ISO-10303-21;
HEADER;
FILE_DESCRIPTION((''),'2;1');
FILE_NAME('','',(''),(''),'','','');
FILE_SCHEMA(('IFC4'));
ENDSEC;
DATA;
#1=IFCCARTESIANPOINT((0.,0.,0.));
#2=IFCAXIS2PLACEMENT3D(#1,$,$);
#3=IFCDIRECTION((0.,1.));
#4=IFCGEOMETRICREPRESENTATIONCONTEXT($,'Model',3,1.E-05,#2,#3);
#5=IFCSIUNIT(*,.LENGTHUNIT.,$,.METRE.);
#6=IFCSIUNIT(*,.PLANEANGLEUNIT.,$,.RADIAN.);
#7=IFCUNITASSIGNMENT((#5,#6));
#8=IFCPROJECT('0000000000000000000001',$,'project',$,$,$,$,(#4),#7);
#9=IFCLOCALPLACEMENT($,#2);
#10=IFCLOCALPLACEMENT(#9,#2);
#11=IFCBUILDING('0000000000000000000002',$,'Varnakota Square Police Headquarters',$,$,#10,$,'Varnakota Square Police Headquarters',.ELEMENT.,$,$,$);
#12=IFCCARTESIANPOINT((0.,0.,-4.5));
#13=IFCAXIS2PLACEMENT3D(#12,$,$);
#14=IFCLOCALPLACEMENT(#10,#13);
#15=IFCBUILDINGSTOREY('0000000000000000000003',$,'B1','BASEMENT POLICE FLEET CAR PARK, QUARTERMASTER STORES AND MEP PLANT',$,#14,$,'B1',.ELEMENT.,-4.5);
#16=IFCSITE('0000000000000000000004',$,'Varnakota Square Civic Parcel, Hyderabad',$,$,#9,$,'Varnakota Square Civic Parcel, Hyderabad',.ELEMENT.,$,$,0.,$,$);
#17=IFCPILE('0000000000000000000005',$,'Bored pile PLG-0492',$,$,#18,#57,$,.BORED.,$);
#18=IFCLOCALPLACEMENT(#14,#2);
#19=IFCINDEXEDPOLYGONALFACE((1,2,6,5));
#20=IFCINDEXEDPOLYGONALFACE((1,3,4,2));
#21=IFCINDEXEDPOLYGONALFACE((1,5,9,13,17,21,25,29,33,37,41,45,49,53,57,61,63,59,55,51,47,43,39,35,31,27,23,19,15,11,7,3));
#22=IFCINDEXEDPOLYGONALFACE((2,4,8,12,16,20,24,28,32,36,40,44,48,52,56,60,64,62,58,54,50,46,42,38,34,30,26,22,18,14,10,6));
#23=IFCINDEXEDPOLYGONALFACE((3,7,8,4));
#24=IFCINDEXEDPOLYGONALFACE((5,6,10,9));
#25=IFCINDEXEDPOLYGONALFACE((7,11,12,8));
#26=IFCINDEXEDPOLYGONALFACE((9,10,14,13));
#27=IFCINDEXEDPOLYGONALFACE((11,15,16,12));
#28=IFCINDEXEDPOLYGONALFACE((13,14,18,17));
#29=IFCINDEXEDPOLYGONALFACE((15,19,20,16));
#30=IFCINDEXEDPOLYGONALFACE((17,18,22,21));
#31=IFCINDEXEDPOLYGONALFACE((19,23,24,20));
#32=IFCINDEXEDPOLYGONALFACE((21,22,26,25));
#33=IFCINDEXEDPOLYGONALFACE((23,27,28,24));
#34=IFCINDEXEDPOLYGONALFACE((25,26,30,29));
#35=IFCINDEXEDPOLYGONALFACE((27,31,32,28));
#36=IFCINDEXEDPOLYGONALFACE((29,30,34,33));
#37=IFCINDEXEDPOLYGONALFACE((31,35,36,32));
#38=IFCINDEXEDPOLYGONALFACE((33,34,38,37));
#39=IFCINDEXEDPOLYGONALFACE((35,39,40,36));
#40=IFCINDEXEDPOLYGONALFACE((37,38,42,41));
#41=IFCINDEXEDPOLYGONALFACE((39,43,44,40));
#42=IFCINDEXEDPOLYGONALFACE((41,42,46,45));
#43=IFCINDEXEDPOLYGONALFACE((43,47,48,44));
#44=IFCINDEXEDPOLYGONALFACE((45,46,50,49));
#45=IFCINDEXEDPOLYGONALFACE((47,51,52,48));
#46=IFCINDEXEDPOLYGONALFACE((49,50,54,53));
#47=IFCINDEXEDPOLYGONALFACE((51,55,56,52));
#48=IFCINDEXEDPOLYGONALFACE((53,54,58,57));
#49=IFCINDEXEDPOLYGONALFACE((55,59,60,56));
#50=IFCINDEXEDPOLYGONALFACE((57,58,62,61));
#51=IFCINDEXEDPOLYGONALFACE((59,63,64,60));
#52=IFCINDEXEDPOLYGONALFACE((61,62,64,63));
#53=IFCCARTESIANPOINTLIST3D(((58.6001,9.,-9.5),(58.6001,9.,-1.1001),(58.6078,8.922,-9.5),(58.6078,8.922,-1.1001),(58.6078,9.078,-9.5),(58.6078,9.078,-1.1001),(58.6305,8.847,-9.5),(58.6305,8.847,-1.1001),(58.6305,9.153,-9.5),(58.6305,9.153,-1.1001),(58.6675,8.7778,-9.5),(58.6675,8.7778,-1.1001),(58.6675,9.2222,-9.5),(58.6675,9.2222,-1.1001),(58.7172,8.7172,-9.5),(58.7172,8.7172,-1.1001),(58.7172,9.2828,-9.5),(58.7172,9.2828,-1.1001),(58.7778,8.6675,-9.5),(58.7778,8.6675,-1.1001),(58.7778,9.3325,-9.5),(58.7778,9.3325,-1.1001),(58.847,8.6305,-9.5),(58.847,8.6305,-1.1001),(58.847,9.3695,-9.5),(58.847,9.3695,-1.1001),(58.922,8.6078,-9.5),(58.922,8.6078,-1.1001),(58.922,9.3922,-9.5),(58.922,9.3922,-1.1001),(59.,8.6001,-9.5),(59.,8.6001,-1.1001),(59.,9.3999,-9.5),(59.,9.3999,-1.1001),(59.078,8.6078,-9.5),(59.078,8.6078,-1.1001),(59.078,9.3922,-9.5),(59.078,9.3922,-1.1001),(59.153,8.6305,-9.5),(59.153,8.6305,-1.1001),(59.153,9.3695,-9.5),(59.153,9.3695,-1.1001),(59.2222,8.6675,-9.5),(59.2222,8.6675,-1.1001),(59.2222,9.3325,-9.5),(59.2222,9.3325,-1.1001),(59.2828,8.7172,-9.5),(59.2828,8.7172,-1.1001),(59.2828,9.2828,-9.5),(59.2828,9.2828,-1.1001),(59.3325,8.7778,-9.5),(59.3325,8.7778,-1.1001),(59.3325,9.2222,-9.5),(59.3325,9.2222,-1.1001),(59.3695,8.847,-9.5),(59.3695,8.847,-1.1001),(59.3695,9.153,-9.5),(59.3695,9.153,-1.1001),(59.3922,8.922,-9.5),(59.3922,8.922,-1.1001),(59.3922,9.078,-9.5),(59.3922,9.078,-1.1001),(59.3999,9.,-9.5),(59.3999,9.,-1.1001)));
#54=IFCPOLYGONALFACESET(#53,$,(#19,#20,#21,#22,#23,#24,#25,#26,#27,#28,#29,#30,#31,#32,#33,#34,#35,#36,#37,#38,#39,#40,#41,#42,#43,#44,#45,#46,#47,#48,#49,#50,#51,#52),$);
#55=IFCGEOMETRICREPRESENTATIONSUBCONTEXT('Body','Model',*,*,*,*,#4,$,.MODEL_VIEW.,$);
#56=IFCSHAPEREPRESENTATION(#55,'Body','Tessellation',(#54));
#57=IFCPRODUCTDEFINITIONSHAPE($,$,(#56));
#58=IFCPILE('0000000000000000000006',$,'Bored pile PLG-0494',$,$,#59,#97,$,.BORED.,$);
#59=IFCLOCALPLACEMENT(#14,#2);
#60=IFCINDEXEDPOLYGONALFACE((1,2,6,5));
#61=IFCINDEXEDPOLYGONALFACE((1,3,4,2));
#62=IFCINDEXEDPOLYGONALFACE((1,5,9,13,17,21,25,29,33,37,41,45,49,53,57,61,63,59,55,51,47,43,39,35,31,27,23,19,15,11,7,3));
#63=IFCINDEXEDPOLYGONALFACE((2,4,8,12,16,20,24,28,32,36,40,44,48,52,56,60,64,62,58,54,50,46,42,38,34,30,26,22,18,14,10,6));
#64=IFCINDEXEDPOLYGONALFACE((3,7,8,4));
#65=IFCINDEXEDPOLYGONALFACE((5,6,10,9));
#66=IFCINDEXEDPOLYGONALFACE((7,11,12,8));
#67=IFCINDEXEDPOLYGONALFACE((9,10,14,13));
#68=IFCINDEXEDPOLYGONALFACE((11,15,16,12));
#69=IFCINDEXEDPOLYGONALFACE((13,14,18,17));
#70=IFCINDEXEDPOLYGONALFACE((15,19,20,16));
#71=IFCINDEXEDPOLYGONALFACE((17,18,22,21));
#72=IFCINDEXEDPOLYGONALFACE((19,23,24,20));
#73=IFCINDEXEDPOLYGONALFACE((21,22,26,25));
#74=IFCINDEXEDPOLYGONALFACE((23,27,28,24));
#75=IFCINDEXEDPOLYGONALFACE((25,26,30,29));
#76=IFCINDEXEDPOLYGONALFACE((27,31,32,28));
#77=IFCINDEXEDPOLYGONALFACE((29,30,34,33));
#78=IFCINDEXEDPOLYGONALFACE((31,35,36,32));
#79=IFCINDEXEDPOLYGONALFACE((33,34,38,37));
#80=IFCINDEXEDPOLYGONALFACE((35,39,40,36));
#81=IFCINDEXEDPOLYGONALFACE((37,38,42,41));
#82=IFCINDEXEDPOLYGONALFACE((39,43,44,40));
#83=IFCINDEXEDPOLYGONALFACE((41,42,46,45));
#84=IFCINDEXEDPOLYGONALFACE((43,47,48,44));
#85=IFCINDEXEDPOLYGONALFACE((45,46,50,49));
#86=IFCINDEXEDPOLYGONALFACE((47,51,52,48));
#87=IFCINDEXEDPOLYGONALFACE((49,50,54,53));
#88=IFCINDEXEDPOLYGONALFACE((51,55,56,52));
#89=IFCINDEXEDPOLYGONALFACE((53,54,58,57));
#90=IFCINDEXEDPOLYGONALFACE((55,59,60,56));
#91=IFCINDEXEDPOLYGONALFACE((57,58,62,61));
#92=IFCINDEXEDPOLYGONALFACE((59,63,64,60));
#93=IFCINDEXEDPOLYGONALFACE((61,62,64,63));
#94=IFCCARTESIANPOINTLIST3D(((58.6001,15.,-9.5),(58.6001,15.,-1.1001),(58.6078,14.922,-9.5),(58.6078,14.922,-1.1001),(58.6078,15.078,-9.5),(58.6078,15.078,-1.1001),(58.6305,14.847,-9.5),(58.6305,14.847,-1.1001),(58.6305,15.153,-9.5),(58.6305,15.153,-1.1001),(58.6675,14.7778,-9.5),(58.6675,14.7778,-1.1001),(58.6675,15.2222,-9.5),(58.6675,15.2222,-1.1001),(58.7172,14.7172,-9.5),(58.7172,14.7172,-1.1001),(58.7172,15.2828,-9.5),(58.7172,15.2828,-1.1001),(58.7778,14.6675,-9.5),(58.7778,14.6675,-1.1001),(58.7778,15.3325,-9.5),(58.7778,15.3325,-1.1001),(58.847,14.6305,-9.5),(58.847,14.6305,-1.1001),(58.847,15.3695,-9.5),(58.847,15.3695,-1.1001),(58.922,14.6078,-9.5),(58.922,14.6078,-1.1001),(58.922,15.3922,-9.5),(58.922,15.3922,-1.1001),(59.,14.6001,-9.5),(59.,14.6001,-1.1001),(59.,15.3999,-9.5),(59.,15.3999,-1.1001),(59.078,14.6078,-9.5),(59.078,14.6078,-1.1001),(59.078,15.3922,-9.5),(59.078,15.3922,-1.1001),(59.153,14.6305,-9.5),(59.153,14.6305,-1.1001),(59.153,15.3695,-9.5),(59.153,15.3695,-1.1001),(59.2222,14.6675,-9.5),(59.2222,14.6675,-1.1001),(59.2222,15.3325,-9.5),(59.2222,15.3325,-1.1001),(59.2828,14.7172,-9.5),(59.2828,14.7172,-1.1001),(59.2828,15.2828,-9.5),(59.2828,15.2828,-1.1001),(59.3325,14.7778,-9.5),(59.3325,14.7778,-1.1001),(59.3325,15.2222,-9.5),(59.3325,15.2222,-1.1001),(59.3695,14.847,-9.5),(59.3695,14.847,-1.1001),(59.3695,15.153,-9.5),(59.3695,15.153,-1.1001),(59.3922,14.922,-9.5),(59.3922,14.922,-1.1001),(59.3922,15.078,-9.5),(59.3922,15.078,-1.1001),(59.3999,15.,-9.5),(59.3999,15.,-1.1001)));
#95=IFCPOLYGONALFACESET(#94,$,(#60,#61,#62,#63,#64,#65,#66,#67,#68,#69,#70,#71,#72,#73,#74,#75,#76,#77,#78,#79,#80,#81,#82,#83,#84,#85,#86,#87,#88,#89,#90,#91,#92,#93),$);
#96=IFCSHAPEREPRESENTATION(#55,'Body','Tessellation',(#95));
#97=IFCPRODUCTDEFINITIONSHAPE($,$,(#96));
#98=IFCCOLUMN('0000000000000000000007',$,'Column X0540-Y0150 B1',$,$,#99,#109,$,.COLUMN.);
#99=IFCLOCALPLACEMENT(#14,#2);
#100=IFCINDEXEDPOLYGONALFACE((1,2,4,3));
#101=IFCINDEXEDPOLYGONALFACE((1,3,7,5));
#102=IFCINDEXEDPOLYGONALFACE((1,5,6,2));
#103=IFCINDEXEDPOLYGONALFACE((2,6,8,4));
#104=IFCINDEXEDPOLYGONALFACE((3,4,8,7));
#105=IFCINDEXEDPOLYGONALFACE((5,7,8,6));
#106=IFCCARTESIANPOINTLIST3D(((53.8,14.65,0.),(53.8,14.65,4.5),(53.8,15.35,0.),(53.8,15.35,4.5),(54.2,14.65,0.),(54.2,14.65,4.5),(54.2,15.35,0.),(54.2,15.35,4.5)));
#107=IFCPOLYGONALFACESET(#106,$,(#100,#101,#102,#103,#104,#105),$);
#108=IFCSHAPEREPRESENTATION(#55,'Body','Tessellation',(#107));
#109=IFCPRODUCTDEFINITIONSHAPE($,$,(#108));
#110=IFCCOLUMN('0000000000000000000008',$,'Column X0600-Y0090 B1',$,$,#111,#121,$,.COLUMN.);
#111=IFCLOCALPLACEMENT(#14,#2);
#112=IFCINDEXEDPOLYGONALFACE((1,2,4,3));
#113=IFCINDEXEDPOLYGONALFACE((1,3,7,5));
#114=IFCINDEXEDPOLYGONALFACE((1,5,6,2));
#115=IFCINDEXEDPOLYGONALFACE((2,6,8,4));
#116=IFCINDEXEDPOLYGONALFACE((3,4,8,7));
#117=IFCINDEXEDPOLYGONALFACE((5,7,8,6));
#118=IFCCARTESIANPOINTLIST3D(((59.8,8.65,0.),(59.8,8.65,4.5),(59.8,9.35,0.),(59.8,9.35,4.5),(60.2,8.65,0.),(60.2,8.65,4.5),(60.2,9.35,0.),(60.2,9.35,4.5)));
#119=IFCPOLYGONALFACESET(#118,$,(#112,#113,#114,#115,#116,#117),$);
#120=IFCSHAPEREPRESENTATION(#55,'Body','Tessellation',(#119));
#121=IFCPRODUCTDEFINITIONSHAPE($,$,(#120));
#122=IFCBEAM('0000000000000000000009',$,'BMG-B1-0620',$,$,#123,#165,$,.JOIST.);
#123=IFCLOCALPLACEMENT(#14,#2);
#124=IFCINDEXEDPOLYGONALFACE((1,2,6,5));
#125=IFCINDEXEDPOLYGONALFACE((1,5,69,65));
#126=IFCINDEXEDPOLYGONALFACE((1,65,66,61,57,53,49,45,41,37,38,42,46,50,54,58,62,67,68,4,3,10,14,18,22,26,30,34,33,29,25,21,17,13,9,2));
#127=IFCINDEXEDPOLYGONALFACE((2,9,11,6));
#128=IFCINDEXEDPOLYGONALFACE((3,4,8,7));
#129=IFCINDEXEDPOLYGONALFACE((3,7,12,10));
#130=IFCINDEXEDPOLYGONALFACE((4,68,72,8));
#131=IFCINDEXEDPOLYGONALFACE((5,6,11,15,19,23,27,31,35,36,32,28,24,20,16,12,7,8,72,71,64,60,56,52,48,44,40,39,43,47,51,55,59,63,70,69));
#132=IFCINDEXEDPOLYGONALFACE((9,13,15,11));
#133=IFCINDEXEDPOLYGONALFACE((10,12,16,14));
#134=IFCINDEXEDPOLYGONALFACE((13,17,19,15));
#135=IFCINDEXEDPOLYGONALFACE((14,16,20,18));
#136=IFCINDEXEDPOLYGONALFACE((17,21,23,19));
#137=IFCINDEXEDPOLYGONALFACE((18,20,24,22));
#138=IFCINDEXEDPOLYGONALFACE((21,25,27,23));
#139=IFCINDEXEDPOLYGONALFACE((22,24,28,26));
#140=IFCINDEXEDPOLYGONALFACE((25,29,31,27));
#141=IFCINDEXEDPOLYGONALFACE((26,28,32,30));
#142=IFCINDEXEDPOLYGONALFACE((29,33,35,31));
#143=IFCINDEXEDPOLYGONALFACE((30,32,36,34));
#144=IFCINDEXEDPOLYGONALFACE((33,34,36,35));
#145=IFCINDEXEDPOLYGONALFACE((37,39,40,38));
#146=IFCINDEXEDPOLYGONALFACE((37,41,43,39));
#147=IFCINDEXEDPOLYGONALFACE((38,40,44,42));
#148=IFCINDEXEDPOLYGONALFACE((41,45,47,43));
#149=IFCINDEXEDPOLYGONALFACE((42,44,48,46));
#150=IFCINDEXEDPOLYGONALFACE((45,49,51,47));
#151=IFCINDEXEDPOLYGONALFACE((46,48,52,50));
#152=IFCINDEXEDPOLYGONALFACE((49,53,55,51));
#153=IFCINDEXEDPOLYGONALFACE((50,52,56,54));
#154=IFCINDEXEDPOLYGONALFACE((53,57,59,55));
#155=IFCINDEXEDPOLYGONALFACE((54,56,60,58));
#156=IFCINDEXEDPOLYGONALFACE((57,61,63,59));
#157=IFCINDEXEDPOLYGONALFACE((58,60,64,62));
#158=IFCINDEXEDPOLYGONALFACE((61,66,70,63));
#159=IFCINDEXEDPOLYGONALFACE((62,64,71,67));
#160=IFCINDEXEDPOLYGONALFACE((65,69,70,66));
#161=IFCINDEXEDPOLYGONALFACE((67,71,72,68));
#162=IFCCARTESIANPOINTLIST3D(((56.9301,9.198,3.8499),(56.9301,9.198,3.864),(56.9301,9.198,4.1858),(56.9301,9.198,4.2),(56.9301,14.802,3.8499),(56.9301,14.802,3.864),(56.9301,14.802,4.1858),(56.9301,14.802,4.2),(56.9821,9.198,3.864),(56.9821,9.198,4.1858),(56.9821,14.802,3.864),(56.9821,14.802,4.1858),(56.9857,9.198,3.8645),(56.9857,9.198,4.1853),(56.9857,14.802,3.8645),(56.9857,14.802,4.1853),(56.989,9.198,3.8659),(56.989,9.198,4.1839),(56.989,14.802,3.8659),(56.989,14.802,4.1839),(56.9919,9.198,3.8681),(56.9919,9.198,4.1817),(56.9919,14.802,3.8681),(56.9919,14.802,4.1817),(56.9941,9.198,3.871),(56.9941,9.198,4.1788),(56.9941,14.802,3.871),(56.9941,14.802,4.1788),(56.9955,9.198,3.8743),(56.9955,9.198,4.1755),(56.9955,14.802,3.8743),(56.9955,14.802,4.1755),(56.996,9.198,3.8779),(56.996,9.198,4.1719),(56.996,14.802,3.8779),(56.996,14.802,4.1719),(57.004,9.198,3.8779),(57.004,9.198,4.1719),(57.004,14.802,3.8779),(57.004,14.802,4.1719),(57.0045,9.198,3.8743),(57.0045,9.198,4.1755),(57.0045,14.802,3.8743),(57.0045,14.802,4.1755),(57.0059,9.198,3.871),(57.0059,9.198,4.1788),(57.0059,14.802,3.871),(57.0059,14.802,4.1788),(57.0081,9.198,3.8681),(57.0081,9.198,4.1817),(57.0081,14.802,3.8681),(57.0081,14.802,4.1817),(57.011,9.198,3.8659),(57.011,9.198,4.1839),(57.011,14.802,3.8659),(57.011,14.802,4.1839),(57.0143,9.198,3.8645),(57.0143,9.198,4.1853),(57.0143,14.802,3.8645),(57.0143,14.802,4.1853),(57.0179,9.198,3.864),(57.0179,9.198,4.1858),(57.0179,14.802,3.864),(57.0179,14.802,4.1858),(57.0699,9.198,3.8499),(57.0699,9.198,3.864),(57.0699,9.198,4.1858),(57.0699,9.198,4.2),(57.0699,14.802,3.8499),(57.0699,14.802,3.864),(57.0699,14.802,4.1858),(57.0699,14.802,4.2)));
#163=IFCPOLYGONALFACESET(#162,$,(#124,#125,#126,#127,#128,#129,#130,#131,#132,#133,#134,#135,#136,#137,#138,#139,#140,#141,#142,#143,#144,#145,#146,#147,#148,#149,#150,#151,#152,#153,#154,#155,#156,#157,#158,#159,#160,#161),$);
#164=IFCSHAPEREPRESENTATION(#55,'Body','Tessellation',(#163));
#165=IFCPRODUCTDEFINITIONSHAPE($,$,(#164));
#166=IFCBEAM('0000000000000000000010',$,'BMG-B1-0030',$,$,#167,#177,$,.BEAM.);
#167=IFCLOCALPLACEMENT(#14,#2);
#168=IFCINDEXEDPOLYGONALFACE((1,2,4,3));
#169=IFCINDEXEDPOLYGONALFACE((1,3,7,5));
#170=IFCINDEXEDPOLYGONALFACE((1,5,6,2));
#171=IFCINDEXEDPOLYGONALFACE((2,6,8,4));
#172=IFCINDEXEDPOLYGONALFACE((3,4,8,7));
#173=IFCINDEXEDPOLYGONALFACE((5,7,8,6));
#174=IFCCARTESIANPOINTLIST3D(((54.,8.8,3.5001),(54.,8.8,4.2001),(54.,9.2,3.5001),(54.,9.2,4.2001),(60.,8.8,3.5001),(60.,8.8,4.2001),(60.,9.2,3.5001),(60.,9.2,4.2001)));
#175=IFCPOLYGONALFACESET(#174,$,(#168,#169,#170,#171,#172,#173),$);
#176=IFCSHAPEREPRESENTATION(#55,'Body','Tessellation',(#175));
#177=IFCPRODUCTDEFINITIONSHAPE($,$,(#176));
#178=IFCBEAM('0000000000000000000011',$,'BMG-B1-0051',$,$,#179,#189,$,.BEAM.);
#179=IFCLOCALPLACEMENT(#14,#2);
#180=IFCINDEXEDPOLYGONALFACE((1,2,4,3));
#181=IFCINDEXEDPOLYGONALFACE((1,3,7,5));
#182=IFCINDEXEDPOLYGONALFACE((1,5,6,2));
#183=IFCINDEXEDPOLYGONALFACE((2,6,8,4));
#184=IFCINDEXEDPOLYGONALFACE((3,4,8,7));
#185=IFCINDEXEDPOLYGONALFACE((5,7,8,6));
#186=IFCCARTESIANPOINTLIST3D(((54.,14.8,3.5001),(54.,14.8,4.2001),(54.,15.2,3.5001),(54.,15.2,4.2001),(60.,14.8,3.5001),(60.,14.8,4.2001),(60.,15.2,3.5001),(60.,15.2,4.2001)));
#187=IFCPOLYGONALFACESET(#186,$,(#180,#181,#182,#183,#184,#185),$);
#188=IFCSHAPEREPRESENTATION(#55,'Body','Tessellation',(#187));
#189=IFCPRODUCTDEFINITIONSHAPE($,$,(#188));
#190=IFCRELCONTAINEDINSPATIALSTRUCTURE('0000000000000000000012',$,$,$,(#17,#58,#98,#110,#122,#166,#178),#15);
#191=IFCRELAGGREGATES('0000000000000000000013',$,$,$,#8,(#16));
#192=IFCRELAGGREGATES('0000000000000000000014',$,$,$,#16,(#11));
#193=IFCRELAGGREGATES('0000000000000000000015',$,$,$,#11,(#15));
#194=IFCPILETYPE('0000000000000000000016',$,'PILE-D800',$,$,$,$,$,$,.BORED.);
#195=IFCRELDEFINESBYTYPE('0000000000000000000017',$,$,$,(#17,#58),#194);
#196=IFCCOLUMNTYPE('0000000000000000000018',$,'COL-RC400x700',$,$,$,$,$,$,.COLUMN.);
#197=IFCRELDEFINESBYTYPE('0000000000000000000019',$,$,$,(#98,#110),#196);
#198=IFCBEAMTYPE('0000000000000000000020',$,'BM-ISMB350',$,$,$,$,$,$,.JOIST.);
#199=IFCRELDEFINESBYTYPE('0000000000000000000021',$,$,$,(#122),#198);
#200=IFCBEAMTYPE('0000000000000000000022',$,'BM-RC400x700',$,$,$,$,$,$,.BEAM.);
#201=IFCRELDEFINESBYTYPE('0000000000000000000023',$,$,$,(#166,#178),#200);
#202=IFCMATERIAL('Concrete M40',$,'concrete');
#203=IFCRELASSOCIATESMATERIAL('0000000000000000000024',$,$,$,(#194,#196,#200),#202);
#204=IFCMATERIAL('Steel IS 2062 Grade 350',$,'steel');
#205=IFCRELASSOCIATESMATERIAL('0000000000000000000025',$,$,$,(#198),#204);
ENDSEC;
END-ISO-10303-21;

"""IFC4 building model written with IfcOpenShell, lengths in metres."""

from ifc_helpers import new_model, si_unit, direction, frame, origin, origin_2d, place, context, subcontext, project, spatial, rectangle, circle, i_section, extrude, material, material_profile, profile_set, type_object, element, save


model = new_model("IFC4")

# Units and contexts
model_context = context("Model", 3, precision=1e-05, world=origin(), true_north=direction((0.0, 1.0)))
body_context = subcontext(model_context, "Body", "Model", "MODEL_VIEW")
ifc_project = project(units=[si_unit("LENGTHUNIT", "METRE"), si_unit("PLANEANGLEUNIT", "RADIAN")], contexts=[model_context])

# Site, building, storey
site_placement = place(None, origin())
site = spatial("IfcSite", under=ifc_project, at=site_placement, Name="Varnakota Square Civic Parcel, Hyderabad", LongName="Varnakota Square Civic Parcel, Hyderabad", CompositionType="ELEMENT", RefElevation=0.0)
building_placement = place(site_placement, origin())
building = spatial("IfcBuilding", under=site, at=building_placement, Name="Varnakota Square Police Headquarters", LongName="Varnakota Square Police Headquarters", CompositionType="ELEMENT")
storey_placement = place(building_placement, frame((0.0, 0.0, -4.5)))
storey = spatial("IfcBuildingStorey", under=building, at=storey_placement, Name="B1", Description="BASEMENT POLICE FLEET CAR PARK, QUARTERMASTER STORES AND MEP PLANT", LongName="B1", CompositionType="ELEMENT", Elevation=-4.5)

# Shared definitions
ifc_material_1 = material(Name="Concrete M40", Category="concrete")

# Piles
ifc_material_profile_1 = material_profile(ifc_material_1, circle(Radius=0.3999, at=origin_2d()), Name="BORED PILE 800")
ifc_profile_set_1 = profile_set([ifc_material_profile_1], Name="Concrete M40")
pile_type = type_object("IfcPileType", Name="PILE-D800", PredefinedType="BORED", material=ifc_profile_set_1)
for number, where, z_axis, x_axis, name in (
    (1, (59.0, 9.0, -1.1001), (0.0, 0.0, -1.0), (1.0, 0.0, 0.0), "Bored pile PLG-0492"),
    (2, (59.0, 15.0, -1.1001), (0.0, 0.0, -1.0), (1.0, 0.0, 0.0), "Bored pile PLG-0494"),
):
    element("IfcPile", number, at=place(storey_placement, frame(where, z_axis=z_axis, x_axis=x_axis)), inside=storey, type_object=pile_type, Name=name, PredefinedType="BORED", context=body_context, shape_type="SweptSolid", body=[
        extrude(circle(Radius=0.3999, at=origin_2d()), origin(), (0.0, 0.0, 1.0), 8.3999),
    ])

# Columns
ifc_material_profile_2 = material_profile(ifc_material_1, rectangle(XDim=0.3999, YDim=0.7, at=origin_2d()), Name="RC 400x700")
ifc_profile_set_2 = profile_set([ifc_material_profile_2], Name="Concrete M40")
column_type = type_object("IfcColumnType", Name="COL-RC400x700", PredefinedType="COLUMN", material=ifc_profile_set_2)
for number, where, z_axis, x_axis, name in (
    (3, (54.0, 15.0, 0.0), (0.0, 0.0, 1.0), (1.0, 0.0, 0.0), "Column X0540-Y0150 B1"),
    (4, (60.0, 9.0, 0.0), (0.0, 0.0, 1.0), (1.0, 0.0, 0.0), "Column X0600-Y0090 B1"),
):
    element("IfcColumn", number, at=place(storey_placement, frame(where, z_axis=z_axis, x_axis=x_axis)), inside=storey, type_object=column_type, Name=name, PredefinedType="COLUMN", context=body_context, shape_type="SweptSolid", body=[
        extrude(rectangle(XDim=0.3999, YDim=0.7, at=origin_2d()), origin(), (0.0, 0.0, 1.0), 4.5),
    ])

# Beams
ifc_material_2 = material(Name="Steel IS 2062 Grade 350", Category="steel")
ifc_material_profile_3 = material_profile(ifc_material_2, i_section(OverallWidth=0.1399, OverallDepth=0.3501, WebThickness=0.0081, FlangeThickness=0.0142, FilletRadius=0.0139, at=origin_2d()), Name="ISMB 350")
ifc_profile_set_3 = profile_set([ifc_material_profile_3], Name="Steel IS 2062 Grade 350")
beam_type_1 = type_object("IfcBeamType", Name="BM-ISMB350", PredefinedType="JOIST", material=ifc_profile_set_3)
beam_placement = place(storey_placement, frame((57.0, 9.198, 4.0249), z_axis=(0.0, 1.0, 0.0), x_axis=(-1.0, 0.0, 0.0)))
element("IfcBeam", 5, at=beam_placement, inside=storey, type_object=beam_type_1, Name="BMG-B1-0620", PredefinedType="JOIST", context=body_context, shape_type="SweptSolid", body=[
    extrude(i_section(OverallWidth=0.1399, OverallDepth=0.3501, WebThickness=0.0081, FlangeThickness=0.0142, FilletRadius=0.0139, at=origin_2d()), origin(), (0.0, 0.0, 1.0), 5.604),
])
ifc_material_profile_4 = material_profile(ifc_material_1, rectangle(XDim=0.3999, YDim=0.7, at=origin_2d()), Name="RC 400x700")
ifc_profile_set_4 = profile_set([ifc_material_profile_4], Name="Concrete M40")
beam_type_2 = type_object("IfcBeamType", Name="BM-RC400x700", PredefinedType="BEAM", material=ifc_profile_set_4)
for number, where, z_axis, x_axis, name in (
    (6, (54.0, 9.0, 3.8501), (1.0, 0.0, 0.0), (0.0, 1.0, 0.0), "BMG-B1-0030"),
    (7, (54.0, 15.0, 3.8501), (1.0, 0.0, 0.0), (0.0, 1.0, 0.0), "BMG-B1-0051"),
):
    element("IfcBeam", number, at=place(storey_placement, frame(where, z_axis=z_axis, x_axis=x_axis)), inside=storey, type_object=beam_type_2, Name=name, PredefinedType="BEAM", context=body_context, shape_type="SweptSolid", body=[
        extrude(rectangle(XDim=0.3999, YDim=0.7, at=origin_2d()), origin(), (0.0, 0.0, 1.0), 6.0),
    ])

save(model, "model.ifc")
